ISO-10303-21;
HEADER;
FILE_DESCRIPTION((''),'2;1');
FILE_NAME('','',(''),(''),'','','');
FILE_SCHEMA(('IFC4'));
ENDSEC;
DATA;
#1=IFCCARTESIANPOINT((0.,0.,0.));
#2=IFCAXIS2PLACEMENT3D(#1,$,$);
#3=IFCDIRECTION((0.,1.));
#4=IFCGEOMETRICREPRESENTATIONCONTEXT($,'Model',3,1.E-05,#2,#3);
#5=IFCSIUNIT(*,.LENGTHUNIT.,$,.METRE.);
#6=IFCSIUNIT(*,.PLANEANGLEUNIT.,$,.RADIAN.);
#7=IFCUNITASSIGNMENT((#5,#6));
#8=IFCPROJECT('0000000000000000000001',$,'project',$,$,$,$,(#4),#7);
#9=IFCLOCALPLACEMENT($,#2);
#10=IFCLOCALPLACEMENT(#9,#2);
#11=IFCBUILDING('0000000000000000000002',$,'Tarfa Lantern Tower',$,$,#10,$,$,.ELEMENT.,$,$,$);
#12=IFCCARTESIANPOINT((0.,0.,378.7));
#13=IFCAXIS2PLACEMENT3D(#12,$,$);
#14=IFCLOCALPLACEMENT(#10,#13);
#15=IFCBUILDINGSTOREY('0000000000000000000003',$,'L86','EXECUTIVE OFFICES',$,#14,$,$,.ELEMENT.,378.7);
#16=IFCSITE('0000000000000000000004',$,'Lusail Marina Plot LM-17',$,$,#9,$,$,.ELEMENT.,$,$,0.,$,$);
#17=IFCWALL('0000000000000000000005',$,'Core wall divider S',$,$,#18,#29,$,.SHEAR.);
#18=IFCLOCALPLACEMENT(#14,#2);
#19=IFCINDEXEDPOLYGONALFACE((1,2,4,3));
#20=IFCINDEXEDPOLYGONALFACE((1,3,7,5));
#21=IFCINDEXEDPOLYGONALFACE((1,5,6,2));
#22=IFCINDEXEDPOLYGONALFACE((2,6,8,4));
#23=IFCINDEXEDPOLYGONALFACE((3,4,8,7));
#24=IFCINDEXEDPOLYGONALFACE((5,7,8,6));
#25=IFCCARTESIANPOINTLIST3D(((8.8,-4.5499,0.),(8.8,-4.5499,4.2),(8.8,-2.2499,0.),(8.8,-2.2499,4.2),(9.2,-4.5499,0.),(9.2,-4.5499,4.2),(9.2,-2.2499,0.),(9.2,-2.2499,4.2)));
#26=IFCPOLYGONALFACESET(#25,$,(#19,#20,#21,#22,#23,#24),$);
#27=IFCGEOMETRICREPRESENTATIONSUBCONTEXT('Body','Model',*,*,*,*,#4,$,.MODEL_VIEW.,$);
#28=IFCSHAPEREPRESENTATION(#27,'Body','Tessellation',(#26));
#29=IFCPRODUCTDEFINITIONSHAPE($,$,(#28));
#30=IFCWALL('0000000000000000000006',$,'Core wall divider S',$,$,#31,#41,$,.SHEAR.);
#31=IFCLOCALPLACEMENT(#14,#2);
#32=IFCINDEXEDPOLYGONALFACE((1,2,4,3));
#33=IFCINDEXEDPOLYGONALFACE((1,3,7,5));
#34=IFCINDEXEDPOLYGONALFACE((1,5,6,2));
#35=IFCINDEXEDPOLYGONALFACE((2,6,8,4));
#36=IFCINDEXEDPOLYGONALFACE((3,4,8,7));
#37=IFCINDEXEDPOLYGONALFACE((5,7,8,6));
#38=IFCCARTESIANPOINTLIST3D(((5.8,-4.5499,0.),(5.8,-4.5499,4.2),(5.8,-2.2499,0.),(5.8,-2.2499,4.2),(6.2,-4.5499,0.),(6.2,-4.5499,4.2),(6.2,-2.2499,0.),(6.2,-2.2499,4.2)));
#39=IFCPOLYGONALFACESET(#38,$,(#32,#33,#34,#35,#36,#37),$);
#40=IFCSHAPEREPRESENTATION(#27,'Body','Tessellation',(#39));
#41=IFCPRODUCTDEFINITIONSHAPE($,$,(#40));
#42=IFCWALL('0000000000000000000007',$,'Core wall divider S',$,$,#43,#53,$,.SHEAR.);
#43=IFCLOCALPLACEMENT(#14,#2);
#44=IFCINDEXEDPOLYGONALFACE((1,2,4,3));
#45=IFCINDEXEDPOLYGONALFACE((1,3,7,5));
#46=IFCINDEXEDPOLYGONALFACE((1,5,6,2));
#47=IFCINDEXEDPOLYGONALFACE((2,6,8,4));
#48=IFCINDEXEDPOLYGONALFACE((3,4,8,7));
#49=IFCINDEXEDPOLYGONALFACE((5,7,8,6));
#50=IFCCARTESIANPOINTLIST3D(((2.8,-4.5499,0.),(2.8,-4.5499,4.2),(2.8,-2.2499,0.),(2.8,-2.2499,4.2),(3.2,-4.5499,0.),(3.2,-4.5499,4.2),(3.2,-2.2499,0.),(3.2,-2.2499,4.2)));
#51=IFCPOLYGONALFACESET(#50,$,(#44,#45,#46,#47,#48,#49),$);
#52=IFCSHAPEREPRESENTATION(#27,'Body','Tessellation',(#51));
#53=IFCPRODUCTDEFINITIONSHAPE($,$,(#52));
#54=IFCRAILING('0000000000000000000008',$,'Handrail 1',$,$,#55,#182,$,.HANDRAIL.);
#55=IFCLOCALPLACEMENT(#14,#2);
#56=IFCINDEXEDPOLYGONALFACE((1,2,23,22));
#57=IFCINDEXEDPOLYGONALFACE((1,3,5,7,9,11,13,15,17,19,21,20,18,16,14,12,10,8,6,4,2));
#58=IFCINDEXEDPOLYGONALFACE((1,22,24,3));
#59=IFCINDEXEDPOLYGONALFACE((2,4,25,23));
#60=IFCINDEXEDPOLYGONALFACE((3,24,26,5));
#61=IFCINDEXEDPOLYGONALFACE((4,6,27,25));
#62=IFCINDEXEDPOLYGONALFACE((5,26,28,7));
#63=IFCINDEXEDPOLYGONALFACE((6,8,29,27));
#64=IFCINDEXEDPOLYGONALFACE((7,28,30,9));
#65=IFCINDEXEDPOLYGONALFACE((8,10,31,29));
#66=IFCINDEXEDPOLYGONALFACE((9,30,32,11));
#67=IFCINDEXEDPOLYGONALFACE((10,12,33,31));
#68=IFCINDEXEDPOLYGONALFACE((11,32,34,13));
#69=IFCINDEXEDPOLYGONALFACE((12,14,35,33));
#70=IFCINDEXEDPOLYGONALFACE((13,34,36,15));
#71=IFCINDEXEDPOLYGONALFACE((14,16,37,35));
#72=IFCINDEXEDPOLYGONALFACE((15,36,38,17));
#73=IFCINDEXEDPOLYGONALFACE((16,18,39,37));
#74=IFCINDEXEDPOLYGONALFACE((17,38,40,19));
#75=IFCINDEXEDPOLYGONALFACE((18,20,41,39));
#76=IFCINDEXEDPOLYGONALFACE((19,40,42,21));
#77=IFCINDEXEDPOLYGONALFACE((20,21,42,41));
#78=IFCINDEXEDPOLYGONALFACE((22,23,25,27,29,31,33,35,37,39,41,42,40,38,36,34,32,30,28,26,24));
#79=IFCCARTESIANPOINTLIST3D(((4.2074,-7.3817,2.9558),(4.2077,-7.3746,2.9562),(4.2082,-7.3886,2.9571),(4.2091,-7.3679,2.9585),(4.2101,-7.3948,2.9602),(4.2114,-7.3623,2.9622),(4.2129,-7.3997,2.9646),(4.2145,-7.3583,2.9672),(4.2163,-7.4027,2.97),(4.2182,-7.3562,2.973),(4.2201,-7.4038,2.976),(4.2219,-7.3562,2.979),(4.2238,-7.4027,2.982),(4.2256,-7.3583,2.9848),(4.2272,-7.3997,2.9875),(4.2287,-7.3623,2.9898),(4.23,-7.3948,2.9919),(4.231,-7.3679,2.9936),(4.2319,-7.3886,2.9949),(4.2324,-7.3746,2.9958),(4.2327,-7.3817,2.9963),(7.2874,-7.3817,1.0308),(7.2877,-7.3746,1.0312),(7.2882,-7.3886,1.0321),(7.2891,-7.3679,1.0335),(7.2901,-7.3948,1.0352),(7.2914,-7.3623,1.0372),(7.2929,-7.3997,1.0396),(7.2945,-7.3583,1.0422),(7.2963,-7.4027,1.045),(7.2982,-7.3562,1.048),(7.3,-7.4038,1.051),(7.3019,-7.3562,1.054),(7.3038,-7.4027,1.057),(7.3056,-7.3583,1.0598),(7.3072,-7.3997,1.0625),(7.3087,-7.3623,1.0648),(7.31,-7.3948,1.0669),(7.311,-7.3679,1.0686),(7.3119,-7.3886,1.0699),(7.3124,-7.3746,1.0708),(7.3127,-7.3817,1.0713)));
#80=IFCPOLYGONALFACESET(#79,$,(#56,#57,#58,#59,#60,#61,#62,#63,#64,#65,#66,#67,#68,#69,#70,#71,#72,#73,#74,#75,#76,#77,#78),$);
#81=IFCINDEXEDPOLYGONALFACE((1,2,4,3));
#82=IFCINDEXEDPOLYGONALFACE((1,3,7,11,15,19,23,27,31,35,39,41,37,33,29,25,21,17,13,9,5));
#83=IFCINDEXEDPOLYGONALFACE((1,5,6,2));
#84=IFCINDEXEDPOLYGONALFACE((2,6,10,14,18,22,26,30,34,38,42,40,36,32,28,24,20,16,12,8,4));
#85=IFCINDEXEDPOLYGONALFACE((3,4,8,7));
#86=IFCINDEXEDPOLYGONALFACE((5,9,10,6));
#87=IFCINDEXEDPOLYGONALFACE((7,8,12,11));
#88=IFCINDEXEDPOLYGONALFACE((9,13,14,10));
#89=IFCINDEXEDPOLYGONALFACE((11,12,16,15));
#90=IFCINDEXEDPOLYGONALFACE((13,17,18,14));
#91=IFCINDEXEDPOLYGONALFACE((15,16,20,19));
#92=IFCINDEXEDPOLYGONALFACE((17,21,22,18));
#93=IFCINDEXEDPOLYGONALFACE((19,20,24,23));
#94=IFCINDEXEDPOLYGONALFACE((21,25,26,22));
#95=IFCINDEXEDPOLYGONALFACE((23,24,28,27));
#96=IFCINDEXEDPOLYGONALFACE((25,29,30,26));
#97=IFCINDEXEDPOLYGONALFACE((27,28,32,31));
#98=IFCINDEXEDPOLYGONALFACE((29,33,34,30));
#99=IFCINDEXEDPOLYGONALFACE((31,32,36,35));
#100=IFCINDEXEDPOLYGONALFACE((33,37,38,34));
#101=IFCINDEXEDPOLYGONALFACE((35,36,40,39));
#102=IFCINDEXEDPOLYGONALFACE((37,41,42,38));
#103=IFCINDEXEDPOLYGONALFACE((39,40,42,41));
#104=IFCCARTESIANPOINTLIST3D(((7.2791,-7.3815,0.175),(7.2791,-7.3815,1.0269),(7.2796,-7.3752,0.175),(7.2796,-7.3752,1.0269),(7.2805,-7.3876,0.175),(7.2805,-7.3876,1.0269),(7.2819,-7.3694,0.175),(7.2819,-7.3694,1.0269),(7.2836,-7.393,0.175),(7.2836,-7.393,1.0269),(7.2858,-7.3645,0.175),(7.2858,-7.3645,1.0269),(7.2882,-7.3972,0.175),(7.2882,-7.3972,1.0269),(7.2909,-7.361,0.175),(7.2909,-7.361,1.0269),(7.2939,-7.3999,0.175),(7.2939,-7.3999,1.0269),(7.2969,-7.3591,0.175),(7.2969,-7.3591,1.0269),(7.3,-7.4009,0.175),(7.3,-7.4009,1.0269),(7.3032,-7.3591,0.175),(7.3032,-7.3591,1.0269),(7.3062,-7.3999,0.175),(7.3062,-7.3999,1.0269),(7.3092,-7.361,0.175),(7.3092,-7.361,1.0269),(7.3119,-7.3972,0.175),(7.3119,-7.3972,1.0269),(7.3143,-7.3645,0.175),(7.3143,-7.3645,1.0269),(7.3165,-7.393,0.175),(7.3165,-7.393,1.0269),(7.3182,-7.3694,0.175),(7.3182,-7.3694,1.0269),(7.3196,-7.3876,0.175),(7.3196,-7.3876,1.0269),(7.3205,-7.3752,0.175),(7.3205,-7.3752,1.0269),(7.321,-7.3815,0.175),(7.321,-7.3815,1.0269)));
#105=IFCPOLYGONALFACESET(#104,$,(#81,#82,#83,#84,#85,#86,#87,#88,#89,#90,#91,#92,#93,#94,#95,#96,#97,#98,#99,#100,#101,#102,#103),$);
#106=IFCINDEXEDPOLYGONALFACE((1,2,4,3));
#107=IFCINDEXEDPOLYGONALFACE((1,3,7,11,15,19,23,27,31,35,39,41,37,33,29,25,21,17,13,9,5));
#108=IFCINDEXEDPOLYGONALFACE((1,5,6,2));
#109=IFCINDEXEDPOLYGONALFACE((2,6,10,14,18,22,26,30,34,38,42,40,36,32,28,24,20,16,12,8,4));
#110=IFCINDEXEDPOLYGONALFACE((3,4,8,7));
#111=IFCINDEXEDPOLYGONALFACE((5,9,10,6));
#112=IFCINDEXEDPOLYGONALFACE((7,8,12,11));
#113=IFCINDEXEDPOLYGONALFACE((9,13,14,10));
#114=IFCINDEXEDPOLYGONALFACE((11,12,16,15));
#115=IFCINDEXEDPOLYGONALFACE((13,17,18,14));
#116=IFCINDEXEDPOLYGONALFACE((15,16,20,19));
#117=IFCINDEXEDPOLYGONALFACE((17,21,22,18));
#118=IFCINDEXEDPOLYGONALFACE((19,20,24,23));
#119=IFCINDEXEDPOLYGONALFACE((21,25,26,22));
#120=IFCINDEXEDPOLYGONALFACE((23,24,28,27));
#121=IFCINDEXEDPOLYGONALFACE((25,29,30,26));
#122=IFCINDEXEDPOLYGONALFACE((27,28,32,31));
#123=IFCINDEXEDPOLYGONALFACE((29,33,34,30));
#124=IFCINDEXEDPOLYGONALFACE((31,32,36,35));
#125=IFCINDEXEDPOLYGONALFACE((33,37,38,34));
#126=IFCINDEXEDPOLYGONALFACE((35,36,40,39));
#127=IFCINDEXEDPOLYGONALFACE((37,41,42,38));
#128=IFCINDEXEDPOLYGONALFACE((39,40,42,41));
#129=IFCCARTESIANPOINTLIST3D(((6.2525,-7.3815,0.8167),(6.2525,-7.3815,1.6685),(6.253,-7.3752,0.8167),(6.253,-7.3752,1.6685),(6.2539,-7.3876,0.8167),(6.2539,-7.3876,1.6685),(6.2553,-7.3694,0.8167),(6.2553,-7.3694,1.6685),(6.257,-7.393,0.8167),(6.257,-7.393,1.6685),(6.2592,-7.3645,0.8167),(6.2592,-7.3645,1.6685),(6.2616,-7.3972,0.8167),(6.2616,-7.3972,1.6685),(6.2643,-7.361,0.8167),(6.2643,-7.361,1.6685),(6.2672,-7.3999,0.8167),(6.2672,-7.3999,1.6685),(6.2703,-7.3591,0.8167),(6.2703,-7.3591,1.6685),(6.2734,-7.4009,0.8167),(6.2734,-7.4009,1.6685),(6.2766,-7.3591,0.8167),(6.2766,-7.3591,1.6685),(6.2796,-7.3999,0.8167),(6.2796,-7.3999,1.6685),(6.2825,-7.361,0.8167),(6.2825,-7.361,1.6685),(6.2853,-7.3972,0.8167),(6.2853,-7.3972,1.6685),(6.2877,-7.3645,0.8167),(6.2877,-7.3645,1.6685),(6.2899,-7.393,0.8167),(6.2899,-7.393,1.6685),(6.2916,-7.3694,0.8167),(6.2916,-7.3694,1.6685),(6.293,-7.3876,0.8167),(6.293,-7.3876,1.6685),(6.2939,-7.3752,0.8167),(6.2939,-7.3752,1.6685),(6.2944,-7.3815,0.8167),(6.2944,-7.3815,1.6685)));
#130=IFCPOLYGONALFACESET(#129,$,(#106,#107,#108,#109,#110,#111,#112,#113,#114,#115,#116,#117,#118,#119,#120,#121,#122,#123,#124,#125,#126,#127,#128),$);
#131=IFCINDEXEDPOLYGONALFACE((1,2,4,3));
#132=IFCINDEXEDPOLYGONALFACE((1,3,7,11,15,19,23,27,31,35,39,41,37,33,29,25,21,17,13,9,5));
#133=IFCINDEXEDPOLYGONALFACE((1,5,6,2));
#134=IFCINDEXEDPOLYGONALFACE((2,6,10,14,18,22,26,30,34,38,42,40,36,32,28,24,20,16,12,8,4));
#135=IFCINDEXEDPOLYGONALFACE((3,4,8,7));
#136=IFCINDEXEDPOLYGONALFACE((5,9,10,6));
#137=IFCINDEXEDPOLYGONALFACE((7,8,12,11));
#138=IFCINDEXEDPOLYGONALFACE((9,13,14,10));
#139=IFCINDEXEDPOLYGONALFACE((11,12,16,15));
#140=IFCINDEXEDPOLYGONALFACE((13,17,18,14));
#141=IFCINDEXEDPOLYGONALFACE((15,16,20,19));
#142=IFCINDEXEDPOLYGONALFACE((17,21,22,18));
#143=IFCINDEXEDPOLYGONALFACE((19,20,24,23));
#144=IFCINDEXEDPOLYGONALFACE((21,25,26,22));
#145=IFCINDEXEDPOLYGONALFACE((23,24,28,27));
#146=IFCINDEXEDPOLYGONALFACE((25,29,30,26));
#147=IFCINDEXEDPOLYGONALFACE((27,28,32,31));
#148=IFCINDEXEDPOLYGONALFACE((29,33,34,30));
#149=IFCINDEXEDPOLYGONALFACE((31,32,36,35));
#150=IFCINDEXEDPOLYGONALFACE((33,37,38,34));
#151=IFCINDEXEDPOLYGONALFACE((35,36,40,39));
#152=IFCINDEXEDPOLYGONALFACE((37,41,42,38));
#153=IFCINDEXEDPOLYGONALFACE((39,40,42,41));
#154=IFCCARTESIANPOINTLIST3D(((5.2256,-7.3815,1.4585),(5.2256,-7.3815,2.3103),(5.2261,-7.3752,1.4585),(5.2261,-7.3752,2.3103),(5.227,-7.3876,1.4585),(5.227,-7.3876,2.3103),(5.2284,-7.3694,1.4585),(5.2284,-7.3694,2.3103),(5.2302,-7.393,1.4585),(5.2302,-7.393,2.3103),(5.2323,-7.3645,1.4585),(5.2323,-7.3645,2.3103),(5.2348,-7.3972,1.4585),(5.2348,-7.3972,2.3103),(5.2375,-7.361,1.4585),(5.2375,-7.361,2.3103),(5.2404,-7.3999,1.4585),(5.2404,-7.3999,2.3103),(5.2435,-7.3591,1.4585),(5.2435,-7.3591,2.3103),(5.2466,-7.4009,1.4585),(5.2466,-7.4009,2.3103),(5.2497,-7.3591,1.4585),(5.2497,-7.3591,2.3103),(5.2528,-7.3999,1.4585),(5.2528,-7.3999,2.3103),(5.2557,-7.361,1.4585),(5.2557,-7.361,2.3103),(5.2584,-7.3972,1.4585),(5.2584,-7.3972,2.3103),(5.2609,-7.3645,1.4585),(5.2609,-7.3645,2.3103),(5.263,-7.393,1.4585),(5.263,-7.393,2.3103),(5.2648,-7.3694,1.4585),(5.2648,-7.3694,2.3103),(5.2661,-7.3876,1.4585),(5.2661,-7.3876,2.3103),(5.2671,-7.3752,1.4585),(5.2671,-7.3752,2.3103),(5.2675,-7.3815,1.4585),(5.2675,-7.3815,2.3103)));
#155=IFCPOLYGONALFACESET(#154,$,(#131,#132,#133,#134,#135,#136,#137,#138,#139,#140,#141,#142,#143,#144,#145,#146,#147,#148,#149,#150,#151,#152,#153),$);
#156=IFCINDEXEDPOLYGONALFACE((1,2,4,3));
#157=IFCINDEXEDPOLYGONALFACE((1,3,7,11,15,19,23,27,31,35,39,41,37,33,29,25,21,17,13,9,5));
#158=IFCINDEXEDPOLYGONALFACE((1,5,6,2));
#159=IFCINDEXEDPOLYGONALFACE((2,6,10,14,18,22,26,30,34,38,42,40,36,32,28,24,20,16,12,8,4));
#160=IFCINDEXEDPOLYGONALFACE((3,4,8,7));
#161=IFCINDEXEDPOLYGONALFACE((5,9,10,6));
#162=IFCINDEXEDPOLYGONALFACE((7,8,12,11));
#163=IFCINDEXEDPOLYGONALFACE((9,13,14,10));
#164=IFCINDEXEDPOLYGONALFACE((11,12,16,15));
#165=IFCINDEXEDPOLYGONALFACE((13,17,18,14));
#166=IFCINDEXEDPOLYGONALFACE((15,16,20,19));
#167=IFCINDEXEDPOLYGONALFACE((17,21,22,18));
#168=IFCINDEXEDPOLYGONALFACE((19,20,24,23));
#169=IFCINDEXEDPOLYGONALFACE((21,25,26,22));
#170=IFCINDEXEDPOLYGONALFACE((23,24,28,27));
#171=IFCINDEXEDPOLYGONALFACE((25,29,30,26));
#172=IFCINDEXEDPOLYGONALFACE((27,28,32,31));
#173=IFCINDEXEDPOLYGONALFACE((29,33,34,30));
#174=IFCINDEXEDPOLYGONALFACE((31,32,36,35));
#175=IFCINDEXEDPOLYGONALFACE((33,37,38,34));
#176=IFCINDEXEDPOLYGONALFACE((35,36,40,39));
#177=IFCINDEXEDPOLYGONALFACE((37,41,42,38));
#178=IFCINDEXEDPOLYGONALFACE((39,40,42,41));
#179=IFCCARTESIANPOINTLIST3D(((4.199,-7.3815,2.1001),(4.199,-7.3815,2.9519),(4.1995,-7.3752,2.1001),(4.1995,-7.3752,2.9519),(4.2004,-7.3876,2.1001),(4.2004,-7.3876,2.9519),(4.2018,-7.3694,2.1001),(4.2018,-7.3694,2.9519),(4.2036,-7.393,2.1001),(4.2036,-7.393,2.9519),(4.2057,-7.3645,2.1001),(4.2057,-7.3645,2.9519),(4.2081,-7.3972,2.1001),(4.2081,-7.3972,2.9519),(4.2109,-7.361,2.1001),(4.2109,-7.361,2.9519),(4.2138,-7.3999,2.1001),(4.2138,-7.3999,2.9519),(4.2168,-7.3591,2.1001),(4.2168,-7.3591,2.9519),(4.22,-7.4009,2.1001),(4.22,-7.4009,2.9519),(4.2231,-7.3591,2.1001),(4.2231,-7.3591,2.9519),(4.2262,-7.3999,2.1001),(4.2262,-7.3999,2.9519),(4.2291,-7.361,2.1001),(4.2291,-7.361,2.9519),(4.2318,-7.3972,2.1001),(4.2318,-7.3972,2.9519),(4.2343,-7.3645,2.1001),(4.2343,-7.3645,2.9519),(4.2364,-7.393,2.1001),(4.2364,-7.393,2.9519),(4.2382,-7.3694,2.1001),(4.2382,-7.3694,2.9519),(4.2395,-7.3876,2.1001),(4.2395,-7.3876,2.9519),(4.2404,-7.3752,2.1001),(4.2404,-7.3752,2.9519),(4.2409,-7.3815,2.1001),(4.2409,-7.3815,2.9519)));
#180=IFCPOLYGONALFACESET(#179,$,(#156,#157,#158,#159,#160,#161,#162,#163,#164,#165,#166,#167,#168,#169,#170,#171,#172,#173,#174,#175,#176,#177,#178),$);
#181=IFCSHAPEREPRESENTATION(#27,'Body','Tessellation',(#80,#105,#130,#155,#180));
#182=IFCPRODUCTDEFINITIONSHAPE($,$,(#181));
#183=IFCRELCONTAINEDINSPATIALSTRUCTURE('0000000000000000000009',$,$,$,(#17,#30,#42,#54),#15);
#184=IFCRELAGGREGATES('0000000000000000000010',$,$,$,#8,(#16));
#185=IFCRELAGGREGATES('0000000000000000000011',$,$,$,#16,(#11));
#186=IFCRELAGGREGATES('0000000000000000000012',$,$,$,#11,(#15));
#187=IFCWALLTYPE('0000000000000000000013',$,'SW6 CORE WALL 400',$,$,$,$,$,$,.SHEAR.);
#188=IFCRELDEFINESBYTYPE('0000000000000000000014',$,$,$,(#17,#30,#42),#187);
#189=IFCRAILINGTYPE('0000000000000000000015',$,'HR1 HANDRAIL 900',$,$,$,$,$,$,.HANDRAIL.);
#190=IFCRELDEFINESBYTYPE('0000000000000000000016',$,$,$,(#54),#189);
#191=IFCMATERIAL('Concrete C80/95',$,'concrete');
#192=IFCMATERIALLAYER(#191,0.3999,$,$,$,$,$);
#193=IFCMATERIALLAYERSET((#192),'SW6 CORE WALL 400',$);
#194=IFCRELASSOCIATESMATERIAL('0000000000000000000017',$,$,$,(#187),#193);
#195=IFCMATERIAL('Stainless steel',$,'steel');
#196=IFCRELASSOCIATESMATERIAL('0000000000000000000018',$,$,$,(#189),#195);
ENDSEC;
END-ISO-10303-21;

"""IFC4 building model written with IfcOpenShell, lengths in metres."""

from ifc_helpers import new_model, si_unit, direction, frame, frame_2d, origin, origin_2d, place, context, subcontext, project, spatial, rectangle, circle, extrude, material, layer, layer_set, type_object, element, save


model = new_model("IFC4")

# Units and contexts
model_context = context("Model", 3, precision=1e-05, world=origin(), true_north=direction((0.0, 1.0)))
body_context = subcontext(model_context, "Body", "Model", "MODEL_VIEW")
ifc_project = project(units=[si_unit("LENGTHUNIT", "METRE"), si_unit("PLANEANGLEUNIT", "RADIAN")], contexts=[model_context])

# Site, building, storey
site_placement = place(None, origin())
site = spatial("IfcSite", under=ifc_project, at=site_placement, Name="Lusail Marina Plot LM-17", CompositionType="ELEMENT", RefElevation=0.0)
building_placement = place(site_placement, origin())
building = spatial("IfcBuilding", under=site, at=building_placement, Name="Tarfa Lantern Tower", CompositionType="ELEMENT")
storey_placement = place(building_placement, frame((0.0, 0.0, 378.7)))
storey = spatial("IfcBuildingStorey", under=building, at=storey_placement, Name="L86", Description="EXECUTIVE OFFICES", CompositionType="ELEMENT", Elevation=378.7)

# Shared definitions
ifc_material_1 = material(Name="Concrete C80/95", Category="concrete")

# Walls
ifc_layer_1 = layer(ifc_material_1, 0.3999)
ifc_layer_set_1 = layer_set([ifc_layer_1], Name="SW6 CORE WALL 400")
wall_type_1 = type_object("IfcWallType", Name="SW6 CORE WALL 400", PredefinedType="SHEAR", material=ifc_layer_set_1)
for number, where, z_axis, x_axis, name in (
    (1, (9.0, -2.25, 0.0), (0.0, 0.0, 1.0), (0.0, -1.0, 0.0), "Core wall divider S"),
    (2, (6.0, -2.25, 0.0), (0.0, 0.0, 1.0), (0.0, -1.0, 0.0), "Core wall divider S"),
    (3, (3.0, -2.25, 0.0), (0.0, 0.0, 1.0), (0.0, -1.0, 0.0), "Core wall divider S"),
):
    element("IfcWall", number, at=place(storey_placement, frame(where, z_axis=z_axis, x_axis=x_axis)), inside=storey, type_object=wall_type_1, Name=name, PredefinedType="SHEAR", context=body_context, shape_type="SweptSolid", body=[
        extrude(rectangle(XDim=2.3, YDim=0.3999, at=frame_2d((1.1499, 0.0))), origin(), (0.0, 0.0, 1.0), 4.2),
    ])

# Railing
ifc_material_2 = material(Name="Stainless steel", Category="steel")
railing_type = type_object("IfcRailingType", Name="HR1 HANDRAIL 900", PredefinedType="HANDRAIL", material=ifc_material_2)
railing_placement = place(storey_placement, frame((7.3, -7.3799, 0.175)))
element("IfcRailing", 4, at=railing_placement, inside=storey, type_object=railing_type, Name="Handrail 1", PredefinedType="HANDRAIL", context=body_context, shape_type="SweptSolid", body=[
    extrude(circle(Radius=0.0239, at=origin_2d()), frame((0.0, 0.0, 0.876), z_axis=(-0.847998, 0.0, 0.529999), x_axis=(0.0, -1.0, 0.0)), (0.0, 0.0, 1.0), 3.6321),
    extrude(circle(Radius=0.021, at=origin_2d()), frame((0.0, 0.0, 0.0), z_axis=(0.0, 0.0, 1.0), x_axis=(0.0, -1.0, 0.0)), (0.0, 0.0, 1.0), 0.8518),
    extrude(circle(Radius=0.021, at=origin_2d()), frame((-1.0266, 0.0, 0.6416), z_axis=(0.0, 0.0, 1.0), x_axis=(0.0, -1.0, 0.0)), (0.0, 0.0, 1.0), 0.8518),
    extrude(circle(Radius=0.021, at=origin_2d()), frame((-2.0535, 0.0, 1.2834), z_axis=(0.0, 0.0, 1.0), x_axis=(0.0, -1.0, 0.0)), (0.0, 0.0, 1.0), 0.8518),
    extrude(circle(Radius=0.021, at=origin_2d()), frame((-3.0801, 0.0, 1.925), z_axis=(0.0, 0.0, 1.0), x_axis=(0.0, -1.0, 0.0)), (0.0, 0.0, 1.0), 0.8518),
])

save(model, "model.ifc")
